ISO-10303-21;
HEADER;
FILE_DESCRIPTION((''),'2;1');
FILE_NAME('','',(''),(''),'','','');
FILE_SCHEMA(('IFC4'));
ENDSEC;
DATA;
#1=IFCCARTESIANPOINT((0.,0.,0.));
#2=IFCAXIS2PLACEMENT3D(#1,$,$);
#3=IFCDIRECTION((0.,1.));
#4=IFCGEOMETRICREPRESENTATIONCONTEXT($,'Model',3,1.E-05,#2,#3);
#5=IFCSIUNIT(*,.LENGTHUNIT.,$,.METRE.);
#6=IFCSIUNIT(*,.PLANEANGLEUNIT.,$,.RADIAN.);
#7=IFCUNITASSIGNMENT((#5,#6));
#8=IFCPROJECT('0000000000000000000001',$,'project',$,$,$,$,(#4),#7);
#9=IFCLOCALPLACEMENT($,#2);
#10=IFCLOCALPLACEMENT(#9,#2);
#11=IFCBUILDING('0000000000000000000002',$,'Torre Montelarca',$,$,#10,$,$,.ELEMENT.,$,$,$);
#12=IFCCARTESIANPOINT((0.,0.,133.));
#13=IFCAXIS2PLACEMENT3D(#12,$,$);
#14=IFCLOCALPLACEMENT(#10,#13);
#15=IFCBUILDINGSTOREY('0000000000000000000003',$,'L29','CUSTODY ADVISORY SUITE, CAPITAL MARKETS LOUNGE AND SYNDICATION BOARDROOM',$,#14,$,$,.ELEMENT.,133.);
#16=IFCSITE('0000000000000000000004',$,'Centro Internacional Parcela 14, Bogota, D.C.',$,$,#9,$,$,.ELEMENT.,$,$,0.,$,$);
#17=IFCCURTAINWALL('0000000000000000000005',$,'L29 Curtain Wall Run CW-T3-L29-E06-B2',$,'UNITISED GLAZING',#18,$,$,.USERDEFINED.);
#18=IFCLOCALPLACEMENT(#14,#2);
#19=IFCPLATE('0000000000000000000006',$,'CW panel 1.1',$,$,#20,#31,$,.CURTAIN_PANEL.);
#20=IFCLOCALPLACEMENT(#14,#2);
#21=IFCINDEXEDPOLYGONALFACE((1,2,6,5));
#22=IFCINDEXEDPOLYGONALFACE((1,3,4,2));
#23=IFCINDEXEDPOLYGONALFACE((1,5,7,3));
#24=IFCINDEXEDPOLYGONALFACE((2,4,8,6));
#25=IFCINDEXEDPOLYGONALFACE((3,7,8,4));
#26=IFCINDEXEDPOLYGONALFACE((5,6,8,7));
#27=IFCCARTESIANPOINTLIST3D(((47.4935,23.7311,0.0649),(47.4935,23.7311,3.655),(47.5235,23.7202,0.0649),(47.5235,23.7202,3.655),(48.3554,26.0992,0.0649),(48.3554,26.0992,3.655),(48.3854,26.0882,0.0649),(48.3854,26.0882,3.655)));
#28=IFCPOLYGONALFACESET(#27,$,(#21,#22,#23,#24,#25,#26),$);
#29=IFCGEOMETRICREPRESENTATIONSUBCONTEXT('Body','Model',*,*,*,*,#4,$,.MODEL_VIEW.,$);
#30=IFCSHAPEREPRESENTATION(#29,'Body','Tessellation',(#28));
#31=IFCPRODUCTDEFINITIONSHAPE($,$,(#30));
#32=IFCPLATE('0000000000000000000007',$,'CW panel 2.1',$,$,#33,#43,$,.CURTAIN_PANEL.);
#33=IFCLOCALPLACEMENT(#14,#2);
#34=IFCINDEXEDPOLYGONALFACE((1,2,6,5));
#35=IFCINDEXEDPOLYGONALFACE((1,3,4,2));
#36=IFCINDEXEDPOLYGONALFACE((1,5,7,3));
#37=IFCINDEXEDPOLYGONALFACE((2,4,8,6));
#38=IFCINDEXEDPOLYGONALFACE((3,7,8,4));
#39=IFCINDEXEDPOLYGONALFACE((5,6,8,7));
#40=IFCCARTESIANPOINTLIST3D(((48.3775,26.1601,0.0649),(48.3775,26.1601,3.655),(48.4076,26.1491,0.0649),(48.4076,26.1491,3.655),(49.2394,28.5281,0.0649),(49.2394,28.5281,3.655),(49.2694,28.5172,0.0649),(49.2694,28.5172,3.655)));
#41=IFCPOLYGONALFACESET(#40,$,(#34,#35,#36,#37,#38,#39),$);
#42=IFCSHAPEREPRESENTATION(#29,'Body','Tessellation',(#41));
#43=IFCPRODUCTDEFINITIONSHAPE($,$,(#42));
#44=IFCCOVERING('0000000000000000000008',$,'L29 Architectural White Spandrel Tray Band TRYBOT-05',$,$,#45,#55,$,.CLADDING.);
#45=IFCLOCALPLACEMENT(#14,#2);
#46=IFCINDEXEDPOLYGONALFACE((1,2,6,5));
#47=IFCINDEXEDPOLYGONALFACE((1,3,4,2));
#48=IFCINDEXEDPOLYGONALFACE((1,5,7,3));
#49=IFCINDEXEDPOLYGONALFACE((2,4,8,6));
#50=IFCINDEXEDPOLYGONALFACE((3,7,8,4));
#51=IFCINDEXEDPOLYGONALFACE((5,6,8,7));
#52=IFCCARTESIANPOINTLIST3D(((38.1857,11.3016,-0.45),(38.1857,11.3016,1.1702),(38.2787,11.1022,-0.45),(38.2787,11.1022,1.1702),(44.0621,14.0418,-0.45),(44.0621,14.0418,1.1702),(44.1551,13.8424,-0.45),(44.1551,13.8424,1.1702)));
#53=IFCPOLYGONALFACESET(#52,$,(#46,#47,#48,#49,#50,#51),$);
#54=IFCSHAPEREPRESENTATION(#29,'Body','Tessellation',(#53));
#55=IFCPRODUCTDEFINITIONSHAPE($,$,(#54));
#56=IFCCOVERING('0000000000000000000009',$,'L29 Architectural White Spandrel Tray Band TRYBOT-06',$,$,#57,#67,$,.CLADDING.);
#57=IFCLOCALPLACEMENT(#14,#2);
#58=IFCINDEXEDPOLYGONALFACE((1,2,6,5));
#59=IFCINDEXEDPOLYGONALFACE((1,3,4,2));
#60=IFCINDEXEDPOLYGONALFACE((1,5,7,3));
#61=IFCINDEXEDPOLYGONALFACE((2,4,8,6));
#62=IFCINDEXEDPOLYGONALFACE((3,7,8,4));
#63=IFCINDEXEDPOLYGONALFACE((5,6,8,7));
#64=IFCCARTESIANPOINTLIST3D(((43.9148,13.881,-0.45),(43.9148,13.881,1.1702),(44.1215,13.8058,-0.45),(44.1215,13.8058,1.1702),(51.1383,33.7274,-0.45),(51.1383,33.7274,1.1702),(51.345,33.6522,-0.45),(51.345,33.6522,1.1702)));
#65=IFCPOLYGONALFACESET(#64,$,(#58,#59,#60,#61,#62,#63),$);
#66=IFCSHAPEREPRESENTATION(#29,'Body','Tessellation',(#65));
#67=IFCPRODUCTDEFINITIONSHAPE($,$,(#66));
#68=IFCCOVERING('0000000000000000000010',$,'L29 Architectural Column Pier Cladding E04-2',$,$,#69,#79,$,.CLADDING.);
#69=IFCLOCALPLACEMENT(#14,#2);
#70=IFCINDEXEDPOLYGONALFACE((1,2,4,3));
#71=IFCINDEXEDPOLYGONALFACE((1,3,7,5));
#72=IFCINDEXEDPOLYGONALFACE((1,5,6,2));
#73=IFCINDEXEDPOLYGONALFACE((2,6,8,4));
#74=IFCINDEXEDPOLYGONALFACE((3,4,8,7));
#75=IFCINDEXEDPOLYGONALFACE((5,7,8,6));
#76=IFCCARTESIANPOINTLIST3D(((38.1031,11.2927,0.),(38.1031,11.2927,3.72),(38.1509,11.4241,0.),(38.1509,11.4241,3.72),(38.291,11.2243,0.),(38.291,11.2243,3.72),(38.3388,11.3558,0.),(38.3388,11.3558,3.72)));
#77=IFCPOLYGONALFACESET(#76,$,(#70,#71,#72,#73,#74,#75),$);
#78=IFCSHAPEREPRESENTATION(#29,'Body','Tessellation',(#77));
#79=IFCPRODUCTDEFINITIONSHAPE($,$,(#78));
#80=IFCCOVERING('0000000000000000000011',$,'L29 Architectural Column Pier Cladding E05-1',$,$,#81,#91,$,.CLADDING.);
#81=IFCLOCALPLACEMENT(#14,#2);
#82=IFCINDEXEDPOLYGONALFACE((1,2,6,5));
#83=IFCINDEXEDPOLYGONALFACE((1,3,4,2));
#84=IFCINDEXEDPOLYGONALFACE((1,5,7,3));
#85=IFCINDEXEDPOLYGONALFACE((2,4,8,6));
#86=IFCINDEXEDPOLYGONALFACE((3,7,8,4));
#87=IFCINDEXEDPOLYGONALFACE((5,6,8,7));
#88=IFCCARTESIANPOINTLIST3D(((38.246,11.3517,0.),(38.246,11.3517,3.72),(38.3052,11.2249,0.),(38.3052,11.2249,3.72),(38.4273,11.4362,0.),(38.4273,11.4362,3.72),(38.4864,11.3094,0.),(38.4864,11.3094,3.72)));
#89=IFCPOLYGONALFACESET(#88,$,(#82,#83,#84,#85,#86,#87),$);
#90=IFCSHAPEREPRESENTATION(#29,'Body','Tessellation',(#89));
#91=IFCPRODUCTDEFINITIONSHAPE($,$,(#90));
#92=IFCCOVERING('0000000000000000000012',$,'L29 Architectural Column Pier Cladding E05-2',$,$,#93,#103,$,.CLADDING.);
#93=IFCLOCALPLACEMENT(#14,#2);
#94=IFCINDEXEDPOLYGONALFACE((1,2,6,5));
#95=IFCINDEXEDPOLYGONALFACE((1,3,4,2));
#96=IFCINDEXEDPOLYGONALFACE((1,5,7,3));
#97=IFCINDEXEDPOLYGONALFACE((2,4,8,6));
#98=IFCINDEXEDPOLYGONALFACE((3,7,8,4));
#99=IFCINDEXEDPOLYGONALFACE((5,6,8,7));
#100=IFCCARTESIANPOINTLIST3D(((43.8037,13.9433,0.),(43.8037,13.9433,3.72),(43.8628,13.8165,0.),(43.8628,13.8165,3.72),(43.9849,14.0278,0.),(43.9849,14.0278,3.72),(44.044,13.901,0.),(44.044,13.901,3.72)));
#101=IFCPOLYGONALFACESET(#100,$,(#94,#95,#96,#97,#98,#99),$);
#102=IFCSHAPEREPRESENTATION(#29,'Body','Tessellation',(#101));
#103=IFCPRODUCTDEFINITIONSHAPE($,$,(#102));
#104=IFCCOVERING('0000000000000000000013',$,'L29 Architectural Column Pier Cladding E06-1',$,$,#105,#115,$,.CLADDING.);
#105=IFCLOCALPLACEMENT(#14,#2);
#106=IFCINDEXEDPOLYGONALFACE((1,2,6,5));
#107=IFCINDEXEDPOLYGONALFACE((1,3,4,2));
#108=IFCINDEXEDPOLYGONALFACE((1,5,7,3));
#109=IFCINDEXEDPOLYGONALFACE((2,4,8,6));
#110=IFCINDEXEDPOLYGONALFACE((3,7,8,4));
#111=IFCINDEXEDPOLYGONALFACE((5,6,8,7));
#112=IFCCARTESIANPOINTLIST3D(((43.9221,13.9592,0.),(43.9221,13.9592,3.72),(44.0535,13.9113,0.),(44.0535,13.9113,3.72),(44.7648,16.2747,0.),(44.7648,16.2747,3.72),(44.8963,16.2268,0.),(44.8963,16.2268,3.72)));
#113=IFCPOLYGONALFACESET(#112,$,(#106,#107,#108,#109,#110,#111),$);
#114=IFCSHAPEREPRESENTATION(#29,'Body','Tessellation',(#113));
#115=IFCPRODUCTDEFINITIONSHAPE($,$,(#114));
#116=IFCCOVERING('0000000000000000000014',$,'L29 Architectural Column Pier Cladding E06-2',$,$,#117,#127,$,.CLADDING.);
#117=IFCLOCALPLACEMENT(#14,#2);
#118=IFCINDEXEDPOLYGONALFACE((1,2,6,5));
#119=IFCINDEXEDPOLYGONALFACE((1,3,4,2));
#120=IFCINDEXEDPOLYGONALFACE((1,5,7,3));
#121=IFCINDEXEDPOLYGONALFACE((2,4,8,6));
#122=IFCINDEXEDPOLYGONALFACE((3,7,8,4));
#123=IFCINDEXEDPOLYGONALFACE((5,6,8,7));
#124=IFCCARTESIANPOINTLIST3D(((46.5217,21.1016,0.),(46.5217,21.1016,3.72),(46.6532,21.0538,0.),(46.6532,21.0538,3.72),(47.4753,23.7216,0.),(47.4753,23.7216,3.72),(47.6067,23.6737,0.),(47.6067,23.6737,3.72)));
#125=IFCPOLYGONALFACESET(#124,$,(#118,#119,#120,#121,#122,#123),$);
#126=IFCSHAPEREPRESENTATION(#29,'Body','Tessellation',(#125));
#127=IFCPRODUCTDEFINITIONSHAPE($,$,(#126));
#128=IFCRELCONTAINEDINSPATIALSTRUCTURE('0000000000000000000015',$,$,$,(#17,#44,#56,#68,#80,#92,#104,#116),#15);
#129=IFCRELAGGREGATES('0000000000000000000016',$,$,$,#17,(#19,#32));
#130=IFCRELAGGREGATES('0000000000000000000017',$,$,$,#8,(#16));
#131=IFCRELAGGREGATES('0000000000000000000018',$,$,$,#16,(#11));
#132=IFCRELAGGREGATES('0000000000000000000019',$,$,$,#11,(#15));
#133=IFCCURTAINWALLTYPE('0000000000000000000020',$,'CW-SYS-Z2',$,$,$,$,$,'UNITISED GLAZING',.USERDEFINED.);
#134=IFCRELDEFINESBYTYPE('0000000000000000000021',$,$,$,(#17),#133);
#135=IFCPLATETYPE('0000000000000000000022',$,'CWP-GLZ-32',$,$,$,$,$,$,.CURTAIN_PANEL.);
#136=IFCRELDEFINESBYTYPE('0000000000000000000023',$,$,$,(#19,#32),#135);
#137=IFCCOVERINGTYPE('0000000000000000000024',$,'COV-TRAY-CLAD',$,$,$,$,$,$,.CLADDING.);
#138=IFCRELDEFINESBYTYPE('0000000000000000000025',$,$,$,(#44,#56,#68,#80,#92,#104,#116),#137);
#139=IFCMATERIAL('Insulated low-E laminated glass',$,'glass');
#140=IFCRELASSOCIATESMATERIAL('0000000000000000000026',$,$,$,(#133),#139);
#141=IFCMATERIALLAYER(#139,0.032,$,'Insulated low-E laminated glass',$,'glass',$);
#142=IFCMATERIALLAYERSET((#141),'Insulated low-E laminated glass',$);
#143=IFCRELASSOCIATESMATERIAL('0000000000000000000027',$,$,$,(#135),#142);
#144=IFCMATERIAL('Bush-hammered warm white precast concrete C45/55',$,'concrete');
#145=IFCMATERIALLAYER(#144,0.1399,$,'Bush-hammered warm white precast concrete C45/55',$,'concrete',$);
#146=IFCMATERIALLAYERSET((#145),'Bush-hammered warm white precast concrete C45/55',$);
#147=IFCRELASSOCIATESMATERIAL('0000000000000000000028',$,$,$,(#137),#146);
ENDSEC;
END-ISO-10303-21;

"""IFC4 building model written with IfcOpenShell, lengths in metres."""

from ifc_helpers import new_model, si_unit, direction, frame, origin, origin_2d, place, context, subcontext, project, spatial, rectangle, extrude, source, transform, mapped, material, layer, layer_set, type_object, element, aggregate, save


model = new_model("IFC4")

# Units and contexts
model_context = context("Model", 3, precision=1e-05, world=origin(), true_north=direction((0.0, 1.0)))
body_context = subcontext(model_context, "Body", "Model", "MODEL_VIEW")
ifc_project = project(units=[si_unit("LENGTHUNIT", "METRE"), si_unit("PLANEANGLEUNIT", "RADIAN")], contexts=[model_context])

# Site, building, storey
site_placement = place(None, origin())
site = spatial("IfcSite", under=ifc_project, at=site_placement, Name="Centro Internacional Parcela 14, Bogota, D.C.", CompositionType="ELEMENT", RefElevation=0.0)
building_placement = place(site_placement, origin())
building = spatial("IfcBuilding", under=site, at=building_placement, Name="Torre Montelarca", CompositionType="ELEMENT")
storey_placement = place(building_placement, frame((0.0, 0.0, 133.0)))
storey = spatial("IfcBuildingStorey", under=building, at=storey_placement, Name="L29", Description="CUSTODY ADVISORY SUITE, CAPITAL MARKETS LOUNGE AND SYNDICATION BOARDROOM", CompositionType="ELEMENT", Elevation=133.0)

# Curtain wall
ifc_material_1 = material(Name="Insulated low-E laminated glass", Category="glass")
curtain_wall_type = type_object("IfcCurtainWallType", Name="CW-SYS-Z2", ElementType="UNITISED GLAZING", PredefinedType="USERDEFINED", material=ifc_material_1)
curtain_wall_1_placement = place(storey_placement, origin())
curtain_wall_1 = element("IfcCurtainWall", 1, at=curtain_wall_1_placement, inside=storey, type_object=curtain_wall_type, Name="L29 Curtain Wall Run CW-T3-L29-E06-B2", ObjectType="UNITISED GLAZING", PredefinedType="USERDEFINED")

# Plates
ifc_layer_1 = layer(ifc_material_1, 0.032, Name="Insulated low-E laminated glass", Category="glass")
ifc_layer_set_1 = layer_set([ifc_layer_1], Name="Insulated low-E laminated glass")
plate_type = type_object("IfcPlateType", Name="CWP-GLZ-32", PredefinedType="CURTAIN_PANEL", material=ifc_layer_set_1)
shared_shape_1 = source(origin(), body_context, "Body", "SweptSolid", [
    extrude(rectangle(XDim=2.52, YDim=0.032, at=origin_2d()), origin(), (0.0, 0.0, 1.0), 3.5901),
])
plate_1_placement = place(storey_placement, frame((47.9395, 24.9097, 0.0649), z_axis=(0.0, 0.0, 1.0), x_axis=(0.342007, 0.939697, 0.0)))
plate_1 = element("IfcPlate", 2, at=plate_1_placement, type_object=plate_type, Name="CW panel 1.1", PredefinedType="CURTAIN_PANEL", context=body_context, shape_type="MappedRepresentation", body=[
    mapped(shared_shape_1, transform((0.0, 0.0, 0.0), scale=1.0)),
])
plate_2_placement = place(storey_placement, frame((48.8235, 27.3386, 0.0649), z_axis=(0.0, 0.0, 1.0), x_axis=(0.342007, 0.939697, 0.0)))
plate_2 = element("IfcPlate", 3, at=plate_2_placement, type_object=plate_type, Name="CW panel 2.1", PredefinedType="CURTAIN_PANEL", context=body_context, shape_type="MappedRepresentation", body=[
    mapped(shared_shape_1, transform((0.0, 0.0, 0.0), scale=1.0)),
])
aggregate(curtain_wall_1, [plate_1, plate_2])

# Coverings
ifc_material_2 = material(Name="Bush-hammered warm white precast concrete C45/55", Category="concrete")
ifc_layer_2 = layer(ifc_material_2, 0.1399, Name="Bush-hammered warm white precast concrete C45/55", Category="concrete")
ifc_layer_set_2 = layer_set([ifc_layer_2], Name="Bush-hammered warm white precast concrete C45/55")
covering_type = type_object("IfcCoveringType", Name="COV-TRAY-CLAD", PredefinedType="CLADDING", material=ifc_layer_set_2)
shared_shape_2 = source(origin(), body_context, "Body", "SweptSolid", [
    extrude(rectangle(XDim=6.4839, YDim=0.22, at=origin_2d()), origin(), (0.0, 0.0, 1.0), 1.6201),
])
covering_1_placement = place(storey_placement, frame((41.1704, 12.572, -0.45), z_axis=(0.0, 0.0, 1.0), x_axis=(0.906309, 0.422615, 0.0)))
element("IfcCovering", 4, at=covering_1_placement, inside=storey, type_object=covering_type, Name="L29 Architectural White Spandrel Tray Band TRYBOT-05", PredefinedType="CLADDING", context=body_context, shape_type="MappedRepresentation", body=[
    mapped(shared_shape_2, transform((0.0, 0.0, 0.0), scale=1.0)),
])
shared_shape_3 = source(origin(), body_context, "Body", "SweptSolid", [
    extrude(rectangle(XDim=21.1201, YDim=0.22, at=origin_2d()), origin(), (0.0, 0.0, 1.0), 1.6201),
])
covering_2_placement = place(storey_placement, frame((47.6299, 23.7666, -0.45), z_axis=(0.0, 0.0, 1.0), x_axis=(0.342019, 0.939693, 0.0)))
element("IfcCovering", 5, at=covering_2_placement, inside=storey, type_object=covering_type, Name="L29 Architectural White Spandrel Tray Band TRYBOT-06", PredefinedType="CLADDING", context=body_context, shape_type="MappedRepresentation", body=[
    mapped(shared_shape_3, transform((0.0, 0.0, 0.0), scale=1.0)),
])
shared_shape_4 = source(origin(), body_context, "Body", "SweptSolid", [
    extrude(rectangle(XDim=0.2, YDim=0.1399, at=origin_2d()), origin(), (0.0, 0.0, 1.0), 3.72),
])
for number, where, z_axis, x_axis, name in (
    (6, (38.2209, 11.3242, 0.0), (0.0, 0.0, 1.0), (0.939696, -0.342012, 0.0), "L29 Architectural Column Pier Cladding E04-2"),
    (7, (38.3662, 11.3306, 0.0), (0.0, 0.0, 1.0), (0.906311, 0.422612, 0.0), "L29 Architectural Column Pier Cladding E05-1"),
    (8, (43.9238, 13.9221, 0.0), (0.0, 0.0, 1.0), (0.906311, 0.422612, 0.0), "L29 Architectural Column Pier Cladding E05-2"),
):
    element("IfcCovering", number, at=place(storey_placement, frame(where, z_axis=z_axis, x_axis=x_axis)), inside=storey, type_object=covering_type, Name=name, PredefinedType="CLADDING", context=body_context, shape_type="MappedRepresentation", body=[
        mapped(shared_shape_4, transform((0.0, 0.0, 0.0), scale=1.0)),
    ])
shared_shape_5 = source(origin(), body_context, "Body", "SweptSolid", [
    extrude(rectangle(XDim=2.4641, YDim=0.1399, at=origin_2d()), origin(), (0.0, 0.0, 1.0), 3.72),
])
covering_3_placement = place(storey_placement, frame((44.4092, 15.093, 0.0), z_axis=(0.0, 0.0, 1.0), x_axis=(0.342017, 0.939694, 0.0)))
element("IfcCovering", 9, at=covering_3_placement, inside=storey, type_object=covering_type, Name="L29 Architectural Column Pier Cladding E06-1", PredefinedType="CLADDING", context=body_context, shape_type="MappedRepresentation", body=[
    mapped(shared_shape_5, transform((0.0, 0.0, 0.0), scale=1.0)),
])
shared_shape_6 = source(origin(), body_context, "Body", "SweptSolid", [
    extrude(rectangle(XDim=2.7881, YDim=0.1399, at=origin_2d()), origin(), (0.0, 0.0, 1.0), 3.72),
])
covering_4_placement = place(storey_placement, frame((47.0642, 22.3877, 0.0), z_axis=(0.0, 0.0, 1.0), x_axis=(0.342017, 0.939694, 0.0)))
element("IfcCovering", 10, at=covering_4_placement, inside=storey, type_object=covering_type, Name="L29 Architectural Column Pier Cladding E06-2", PredefinedType="CLADDING", context=body_context, shape_type="MappedRepresentation", body=[
    mapped(shared_shape_6, transform((0.0, 0.0, 0.0), scale=1.0)),
])

save(model, "model.ifc")
